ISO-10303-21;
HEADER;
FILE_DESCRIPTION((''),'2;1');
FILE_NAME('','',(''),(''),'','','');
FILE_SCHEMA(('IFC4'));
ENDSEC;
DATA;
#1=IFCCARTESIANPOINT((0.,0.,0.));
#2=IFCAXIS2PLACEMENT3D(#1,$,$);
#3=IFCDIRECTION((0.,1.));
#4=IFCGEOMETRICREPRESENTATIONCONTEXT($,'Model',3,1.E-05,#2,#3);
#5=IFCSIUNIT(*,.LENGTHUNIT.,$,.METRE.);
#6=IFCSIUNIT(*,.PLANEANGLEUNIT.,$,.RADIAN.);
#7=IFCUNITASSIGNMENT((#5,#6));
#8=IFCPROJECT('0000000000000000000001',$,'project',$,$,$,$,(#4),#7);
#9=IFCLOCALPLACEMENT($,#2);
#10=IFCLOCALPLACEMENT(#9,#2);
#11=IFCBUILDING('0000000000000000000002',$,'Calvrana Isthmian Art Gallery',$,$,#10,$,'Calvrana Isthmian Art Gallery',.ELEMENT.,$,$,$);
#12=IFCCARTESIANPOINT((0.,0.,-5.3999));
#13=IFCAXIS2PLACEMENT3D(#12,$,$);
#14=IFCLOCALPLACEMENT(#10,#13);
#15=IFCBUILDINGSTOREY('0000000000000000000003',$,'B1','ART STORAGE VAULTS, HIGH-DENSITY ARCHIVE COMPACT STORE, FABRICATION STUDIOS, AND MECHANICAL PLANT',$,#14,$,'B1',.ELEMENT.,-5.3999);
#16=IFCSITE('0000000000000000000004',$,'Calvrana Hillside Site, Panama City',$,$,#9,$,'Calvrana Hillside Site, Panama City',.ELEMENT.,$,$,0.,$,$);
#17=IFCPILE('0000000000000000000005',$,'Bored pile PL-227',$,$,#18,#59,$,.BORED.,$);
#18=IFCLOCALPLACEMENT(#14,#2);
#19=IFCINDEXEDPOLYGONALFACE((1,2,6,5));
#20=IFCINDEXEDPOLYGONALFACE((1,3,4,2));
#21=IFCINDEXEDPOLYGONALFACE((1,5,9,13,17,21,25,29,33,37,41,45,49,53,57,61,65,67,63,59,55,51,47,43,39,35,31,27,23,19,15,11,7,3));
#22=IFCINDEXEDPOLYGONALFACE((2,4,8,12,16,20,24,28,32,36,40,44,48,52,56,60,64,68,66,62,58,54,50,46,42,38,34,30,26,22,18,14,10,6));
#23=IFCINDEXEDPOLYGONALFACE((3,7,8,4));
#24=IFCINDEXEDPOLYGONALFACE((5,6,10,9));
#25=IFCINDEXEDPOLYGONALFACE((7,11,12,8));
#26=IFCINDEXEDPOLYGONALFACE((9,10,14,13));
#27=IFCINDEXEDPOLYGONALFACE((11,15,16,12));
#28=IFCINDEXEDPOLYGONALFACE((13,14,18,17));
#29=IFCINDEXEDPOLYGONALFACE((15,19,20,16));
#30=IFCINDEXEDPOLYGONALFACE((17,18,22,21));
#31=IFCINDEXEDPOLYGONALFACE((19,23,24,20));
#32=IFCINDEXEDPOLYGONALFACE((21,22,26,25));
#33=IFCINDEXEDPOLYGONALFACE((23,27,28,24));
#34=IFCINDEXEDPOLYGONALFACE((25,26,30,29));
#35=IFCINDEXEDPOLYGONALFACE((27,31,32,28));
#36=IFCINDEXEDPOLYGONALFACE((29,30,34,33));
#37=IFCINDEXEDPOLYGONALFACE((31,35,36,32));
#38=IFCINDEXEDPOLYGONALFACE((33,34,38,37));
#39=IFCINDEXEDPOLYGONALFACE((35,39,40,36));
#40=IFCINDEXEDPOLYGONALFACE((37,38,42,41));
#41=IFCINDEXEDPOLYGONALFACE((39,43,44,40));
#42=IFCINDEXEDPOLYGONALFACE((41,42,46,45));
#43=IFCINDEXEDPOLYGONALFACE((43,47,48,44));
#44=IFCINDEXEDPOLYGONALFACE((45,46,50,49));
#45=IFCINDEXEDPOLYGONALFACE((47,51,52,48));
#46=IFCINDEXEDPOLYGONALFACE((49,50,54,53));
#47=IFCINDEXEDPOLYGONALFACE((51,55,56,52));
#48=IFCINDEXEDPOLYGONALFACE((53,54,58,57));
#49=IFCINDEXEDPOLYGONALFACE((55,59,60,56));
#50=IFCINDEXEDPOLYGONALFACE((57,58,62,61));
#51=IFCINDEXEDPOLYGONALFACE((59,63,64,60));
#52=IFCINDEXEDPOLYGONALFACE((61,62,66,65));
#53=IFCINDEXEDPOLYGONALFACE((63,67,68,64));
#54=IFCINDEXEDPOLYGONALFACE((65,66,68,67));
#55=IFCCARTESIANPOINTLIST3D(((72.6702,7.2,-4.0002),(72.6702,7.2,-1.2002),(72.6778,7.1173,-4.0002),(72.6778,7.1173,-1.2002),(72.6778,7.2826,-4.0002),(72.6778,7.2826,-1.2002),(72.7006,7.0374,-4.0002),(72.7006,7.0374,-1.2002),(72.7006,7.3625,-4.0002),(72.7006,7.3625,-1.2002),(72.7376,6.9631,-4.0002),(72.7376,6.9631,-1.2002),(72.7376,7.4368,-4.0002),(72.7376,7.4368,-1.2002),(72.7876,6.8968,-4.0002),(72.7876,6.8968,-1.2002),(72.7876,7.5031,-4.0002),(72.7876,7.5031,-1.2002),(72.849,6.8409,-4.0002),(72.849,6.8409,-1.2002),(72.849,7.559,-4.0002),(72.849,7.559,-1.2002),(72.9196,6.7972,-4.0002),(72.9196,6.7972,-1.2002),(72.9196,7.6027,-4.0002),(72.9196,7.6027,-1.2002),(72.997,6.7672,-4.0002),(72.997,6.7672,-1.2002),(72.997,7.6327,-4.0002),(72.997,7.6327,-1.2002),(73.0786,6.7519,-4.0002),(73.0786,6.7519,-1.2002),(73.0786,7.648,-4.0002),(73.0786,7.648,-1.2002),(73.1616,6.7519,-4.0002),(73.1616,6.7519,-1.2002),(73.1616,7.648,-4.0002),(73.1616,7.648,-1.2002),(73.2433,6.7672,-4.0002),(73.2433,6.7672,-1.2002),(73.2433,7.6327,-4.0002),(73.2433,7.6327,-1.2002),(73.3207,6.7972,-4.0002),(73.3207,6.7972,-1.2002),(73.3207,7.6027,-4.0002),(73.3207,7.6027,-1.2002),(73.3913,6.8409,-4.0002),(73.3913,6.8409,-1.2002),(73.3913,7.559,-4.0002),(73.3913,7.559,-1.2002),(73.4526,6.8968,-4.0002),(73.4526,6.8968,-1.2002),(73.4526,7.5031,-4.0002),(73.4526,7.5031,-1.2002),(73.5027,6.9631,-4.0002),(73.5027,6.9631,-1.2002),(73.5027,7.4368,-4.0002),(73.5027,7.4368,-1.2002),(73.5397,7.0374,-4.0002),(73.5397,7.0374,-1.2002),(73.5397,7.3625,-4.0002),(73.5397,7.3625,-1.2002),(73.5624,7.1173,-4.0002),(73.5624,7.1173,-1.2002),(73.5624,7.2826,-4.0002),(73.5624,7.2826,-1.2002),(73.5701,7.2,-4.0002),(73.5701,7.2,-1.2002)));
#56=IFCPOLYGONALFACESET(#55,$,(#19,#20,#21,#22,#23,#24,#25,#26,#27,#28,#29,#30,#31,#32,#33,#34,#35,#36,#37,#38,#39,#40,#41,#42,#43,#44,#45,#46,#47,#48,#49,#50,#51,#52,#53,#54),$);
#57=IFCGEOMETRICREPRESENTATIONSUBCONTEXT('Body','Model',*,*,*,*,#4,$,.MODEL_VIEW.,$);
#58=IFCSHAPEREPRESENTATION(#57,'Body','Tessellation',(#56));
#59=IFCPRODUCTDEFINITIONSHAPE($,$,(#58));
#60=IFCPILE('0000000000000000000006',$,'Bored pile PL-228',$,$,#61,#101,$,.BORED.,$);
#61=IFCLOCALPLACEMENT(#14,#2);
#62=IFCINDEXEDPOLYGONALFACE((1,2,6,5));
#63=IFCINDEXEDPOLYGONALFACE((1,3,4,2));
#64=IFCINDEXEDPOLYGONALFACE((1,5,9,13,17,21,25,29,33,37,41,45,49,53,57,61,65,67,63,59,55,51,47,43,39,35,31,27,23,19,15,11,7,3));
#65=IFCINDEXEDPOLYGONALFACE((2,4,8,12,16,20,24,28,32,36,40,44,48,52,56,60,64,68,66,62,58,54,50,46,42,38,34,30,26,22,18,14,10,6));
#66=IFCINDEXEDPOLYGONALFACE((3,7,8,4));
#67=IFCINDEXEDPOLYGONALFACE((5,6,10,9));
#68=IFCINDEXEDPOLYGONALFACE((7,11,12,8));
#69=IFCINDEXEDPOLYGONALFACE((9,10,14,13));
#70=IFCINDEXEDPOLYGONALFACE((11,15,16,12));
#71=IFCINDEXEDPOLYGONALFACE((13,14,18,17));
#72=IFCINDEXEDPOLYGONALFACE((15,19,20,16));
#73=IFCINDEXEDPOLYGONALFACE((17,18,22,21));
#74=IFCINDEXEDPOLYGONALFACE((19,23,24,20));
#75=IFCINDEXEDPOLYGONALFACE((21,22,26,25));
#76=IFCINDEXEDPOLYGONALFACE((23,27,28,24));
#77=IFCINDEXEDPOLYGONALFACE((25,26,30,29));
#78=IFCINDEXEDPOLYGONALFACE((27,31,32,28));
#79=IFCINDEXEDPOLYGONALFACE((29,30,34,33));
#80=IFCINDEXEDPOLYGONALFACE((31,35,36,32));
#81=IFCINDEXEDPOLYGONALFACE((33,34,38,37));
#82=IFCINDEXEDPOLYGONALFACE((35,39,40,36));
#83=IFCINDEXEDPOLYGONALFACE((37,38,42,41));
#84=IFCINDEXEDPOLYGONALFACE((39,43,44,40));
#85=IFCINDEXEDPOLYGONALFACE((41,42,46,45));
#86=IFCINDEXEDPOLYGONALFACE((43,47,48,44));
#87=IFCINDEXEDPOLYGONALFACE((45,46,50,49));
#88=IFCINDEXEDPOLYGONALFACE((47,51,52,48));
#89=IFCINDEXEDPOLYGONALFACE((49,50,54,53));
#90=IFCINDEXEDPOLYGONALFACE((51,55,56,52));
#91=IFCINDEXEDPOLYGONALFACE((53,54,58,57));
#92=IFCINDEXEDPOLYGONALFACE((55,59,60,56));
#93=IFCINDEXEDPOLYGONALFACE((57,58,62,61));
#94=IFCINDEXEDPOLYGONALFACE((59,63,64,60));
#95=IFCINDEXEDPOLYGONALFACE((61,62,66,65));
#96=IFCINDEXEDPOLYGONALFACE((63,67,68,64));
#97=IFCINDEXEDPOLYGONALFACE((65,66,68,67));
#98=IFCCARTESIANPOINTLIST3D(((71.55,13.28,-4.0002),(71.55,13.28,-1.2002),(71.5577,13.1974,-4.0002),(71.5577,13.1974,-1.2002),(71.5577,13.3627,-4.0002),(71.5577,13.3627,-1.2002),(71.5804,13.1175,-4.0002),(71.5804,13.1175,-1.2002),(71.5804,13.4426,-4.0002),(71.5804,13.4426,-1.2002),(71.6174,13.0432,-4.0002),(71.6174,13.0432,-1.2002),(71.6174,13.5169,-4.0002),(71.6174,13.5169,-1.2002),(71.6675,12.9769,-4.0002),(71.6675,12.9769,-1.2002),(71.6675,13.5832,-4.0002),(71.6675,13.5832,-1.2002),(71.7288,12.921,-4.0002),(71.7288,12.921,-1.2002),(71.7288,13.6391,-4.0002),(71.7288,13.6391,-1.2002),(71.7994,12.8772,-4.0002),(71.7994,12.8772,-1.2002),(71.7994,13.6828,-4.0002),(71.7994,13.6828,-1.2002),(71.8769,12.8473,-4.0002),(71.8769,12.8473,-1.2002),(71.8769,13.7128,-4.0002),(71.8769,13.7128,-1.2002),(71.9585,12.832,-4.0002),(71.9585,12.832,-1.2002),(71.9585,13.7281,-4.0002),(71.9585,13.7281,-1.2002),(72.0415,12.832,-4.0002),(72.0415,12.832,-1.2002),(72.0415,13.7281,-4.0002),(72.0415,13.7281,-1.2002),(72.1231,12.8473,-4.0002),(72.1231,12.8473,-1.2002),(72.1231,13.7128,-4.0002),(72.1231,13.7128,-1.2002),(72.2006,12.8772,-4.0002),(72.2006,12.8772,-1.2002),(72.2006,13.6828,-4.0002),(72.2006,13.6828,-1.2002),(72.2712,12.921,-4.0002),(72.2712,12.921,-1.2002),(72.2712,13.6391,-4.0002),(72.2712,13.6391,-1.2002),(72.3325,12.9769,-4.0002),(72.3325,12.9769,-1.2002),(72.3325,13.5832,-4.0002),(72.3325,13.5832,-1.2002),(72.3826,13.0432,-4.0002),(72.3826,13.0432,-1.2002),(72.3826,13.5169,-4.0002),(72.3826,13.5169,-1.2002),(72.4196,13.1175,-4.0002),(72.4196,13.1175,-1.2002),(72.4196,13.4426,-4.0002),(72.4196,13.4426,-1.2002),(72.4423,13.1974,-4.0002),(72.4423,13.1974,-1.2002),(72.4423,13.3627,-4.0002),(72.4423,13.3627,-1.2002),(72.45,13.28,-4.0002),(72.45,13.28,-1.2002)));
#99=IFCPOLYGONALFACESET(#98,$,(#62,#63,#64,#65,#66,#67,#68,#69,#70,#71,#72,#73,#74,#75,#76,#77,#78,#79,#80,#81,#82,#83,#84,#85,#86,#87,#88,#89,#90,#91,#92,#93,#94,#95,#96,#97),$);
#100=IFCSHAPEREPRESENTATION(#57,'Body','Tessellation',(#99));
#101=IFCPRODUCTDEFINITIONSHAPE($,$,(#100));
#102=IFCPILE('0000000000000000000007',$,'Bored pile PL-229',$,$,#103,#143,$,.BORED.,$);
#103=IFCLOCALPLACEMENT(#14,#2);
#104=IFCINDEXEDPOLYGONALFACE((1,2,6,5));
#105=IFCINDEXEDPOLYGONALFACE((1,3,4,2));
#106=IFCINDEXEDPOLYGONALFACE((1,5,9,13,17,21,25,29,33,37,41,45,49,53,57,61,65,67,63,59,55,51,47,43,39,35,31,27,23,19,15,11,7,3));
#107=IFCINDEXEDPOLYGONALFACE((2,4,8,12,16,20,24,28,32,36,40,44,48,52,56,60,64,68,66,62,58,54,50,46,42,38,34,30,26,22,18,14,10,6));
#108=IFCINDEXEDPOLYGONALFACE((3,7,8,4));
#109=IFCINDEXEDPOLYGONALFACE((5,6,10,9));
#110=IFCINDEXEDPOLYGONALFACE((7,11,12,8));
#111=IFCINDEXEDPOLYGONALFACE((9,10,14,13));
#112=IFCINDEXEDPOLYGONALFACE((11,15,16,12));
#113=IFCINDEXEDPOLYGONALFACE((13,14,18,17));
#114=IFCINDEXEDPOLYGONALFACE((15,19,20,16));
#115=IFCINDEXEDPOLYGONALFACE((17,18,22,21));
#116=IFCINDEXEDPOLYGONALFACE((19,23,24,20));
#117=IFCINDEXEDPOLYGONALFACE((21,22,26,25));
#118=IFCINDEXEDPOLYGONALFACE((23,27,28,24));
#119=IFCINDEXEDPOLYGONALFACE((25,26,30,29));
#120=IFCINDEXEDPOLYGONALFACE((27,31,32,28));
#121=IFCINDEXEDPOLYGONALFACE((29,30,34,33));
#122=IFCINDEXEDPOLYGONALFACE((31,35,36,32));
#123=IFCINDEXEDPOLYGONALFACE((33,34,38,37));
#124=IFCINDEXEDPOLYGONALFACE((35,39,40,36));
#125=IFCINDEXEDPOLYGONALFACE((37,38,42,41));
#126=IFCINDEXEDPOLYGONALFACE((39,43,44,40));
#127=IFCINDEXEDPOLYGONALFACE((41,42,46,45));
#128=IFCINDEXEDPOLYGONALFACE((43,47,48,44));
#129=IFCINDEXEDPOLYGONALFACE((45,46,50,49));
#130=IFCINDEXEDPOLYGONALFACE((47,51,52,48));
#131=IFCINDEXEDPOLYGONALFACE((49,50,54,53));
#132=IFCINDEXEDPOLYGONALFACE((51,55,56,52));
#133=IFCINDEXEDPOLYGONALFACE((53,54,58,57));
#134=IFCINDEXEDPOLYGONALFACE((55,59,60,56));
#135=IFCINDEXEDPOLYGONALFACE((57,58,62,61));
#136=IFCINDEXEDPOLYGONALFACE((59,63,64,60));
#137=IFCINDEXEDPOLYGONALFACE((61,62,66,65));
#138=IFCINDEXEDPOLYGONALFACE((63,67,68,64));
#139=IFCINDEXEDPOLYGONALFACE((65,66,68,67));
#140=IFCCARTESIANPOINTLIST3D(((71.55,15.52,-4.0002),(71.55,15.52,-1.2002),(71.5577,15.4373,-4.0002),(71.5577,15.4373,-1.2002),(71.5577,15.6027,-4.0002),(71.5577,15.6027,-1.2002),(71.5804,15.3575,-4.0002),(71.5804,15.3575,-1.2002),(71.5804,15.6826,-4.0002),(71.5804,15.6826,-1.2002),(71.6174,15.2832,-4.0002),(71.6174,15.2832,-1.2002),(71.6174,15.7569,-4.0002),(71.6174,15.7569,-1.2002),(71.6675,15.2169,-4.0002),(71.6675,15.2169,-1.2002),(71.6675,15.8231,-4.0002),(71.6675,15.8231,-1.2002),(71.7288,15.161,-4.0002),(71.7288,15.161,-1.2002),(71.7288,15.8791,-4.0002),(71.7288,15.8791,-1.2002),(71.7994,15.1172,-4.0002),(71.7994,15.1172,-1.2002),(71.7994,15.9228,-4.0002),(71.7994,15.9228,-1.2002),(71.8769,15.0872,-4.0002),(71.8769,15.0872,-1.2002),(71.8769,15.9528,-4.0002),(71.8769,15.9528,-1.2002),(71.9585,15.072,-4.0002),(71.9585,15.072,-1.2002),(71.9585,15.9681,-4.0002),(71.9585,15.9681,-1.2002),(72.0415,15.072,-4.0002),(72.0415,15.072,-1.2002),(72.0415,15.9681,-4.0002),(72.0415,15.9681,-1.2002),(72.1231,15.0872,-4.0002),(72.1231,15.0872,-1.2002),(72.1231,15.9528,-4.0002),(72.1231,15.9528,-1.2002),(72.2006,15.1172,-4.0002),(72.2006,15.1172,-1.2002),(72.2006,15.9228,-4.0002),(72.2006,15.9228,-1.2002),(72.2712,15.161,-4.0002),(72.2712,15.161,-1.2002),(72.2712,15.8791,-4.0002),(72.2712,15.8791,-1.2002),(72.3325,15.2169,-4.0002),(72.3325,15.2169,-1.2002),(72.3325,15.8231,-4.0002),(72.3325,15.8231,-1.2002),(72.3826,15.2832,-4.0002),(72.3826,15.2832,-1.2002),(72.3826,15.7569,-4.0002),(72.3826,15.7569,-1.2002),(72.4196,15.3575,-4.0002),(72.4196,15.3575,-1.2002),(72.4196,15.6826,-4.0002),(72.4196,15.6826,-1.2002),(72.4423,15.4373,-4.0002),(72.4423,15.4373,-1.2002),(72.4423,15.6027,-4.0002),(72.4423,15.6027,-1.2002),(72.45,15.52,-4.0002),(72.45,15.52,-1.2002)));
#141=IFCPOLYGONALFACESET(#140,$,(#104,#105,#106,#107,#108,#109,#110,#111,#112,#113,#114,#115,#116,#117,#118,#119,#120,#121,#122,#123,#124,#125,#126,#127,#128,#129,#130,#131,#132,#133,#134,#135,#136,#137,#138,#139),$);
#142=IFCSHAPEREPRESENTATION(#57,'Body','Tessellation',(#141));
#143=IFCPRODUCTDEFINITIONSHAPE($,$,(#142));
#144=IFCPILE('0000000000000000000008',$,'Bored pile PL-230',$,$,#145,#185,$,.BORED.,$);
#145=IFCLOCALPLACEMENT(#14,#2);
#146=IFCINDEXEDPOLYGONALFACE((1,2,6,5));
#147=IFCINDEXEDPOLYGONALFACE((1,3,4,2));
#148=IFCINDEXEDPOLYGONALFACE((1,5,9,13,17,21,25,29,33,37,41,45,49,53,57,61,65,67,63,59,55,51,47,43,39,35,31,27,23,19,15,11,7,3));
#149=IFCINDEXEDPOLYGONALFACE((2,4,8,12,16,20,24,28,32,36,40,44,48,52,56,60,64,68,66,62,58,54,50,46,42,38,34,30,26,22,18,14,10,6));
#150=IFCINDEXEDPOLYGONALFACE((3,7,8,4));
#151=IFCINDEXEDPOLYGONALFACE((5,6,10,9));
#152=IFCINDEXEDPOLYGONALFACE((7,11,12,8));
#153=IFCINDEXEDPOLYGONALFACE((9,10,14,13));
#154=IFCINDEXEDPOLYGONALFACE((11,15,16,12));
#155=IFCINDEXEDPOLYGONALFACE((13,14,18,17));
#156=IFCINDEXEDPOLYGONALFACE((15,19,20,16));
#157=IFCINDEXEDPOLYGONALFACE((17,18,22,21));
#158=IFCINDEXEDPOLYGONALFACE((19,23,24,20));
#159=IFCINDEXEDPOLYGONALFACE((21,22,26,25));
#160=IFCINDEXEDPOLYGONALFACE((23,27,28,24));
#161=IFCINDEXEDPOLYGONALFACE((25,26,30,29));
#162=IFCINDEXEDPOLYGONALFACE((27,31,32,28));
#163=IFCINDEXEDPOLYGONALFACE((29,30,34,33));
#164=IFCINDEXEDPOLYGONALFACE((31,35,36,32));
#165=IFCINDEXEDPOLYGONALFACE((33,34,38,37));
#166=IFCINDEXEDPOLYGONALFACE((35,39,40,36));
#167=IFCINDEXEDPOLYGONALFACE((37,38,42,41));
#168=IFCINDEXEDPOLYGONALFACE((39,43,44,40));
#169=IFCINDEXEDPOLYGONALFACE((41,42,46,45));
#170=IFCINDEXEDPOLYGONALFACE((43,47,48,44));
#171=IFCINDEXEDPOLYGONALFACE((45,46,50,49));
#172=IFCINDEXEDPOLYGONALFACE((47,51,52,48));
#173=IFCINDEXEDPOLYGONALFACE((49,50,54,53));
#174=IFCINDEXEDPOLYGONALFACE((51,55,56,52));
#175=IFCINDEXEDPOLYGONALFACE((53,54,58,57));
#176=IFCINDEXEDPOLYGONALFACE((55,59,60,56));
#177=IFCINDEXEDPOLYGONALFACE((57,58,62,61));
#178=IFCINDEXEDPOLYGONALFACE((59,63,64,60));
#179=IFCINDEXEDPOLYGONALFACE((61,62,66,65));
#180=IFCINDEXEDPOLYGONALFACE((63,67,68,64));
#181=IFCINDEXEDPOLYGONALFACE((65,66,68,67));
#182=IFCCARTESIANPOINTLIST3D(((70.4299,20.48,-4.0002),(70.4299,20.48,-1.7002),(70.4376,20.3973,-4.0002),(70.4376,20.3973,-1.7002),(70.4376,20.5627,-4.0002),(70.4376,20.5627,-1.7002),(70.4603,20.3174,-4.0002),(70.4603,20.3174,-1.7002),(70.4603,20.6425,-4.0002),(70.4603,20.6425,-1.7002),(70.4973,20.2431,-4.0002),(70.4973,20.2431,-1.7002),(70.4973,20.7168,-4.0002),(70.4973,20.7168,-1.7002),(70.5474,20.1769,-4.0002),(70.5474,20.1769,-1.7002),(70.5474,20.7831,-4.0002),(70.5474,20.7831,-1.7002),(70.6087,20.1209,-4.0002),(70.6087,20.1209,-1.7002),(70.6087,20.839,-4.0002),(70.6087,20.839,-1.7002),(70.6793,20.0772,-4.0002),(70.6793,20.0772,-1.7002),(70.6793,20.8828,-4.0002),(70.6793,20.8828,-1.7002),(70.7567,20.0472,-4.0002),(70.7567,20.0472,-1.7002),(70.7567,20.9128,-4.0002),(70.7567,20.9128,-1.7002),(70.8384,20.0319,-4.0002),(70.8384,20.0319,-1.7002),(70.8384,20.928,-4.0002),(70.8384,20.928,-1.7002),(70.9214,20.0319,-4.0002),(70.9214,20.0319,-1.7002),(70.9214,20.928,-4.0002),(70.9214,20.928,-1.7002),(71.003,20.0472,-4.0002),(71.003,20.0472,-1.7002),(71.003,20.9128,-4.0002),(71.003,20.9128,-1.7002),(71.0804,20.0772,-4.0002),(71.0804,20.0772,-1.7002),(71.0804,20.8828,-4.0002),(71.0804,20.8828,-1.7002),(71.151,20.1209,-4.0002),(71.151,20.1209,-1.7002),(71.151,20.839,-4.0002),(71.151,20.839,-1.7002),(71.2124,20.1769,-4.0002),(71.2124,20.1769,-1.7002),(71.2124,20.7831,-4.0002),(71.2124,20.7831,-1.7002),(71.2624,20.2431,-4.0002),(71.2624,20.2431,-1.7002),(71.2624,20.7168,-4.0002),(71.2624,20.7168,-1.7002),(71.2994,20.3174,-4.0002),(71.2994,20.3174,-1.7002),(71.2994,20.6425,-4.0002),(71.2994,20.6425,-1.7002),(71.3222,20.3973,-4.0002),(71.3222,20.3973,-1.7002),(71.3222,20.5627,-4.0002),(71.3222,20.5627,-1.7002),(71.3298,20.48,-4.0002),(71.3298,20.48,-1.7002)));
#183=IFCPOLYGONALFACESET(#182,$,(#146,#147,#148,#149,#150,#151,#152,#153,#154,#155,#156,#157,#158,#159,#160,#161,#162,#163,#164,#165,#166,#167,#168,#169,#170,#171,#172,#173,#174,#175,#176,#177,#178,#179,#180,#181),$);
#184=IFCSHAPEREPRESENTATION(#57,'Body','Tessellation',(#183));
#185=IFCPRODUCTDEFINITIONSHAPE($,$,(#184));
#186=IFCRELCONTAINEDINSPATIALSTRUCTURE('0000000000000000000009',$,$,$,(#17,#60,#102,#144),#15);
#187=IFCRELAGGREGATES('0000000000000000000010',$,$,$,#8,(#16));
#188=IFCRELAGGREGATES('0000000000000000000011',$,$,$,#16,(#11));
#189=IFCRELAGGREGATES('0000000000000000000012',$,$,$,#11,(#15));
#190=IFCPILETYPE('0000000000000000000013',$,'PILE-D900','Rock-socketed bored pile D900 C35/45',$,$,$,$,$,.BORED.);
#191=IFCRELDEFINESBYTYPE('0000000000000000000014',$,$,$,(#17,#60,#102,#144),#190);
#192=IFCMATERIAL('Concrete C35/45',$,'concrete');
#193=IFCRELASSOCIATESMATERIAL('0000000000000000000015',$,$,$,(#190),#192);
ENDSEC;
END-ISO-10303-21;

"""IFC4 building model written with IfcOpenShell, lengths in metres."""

from ifc_helpers import new_model, si_unit, direction, frame, origin, origin_2d, place, context, subcontext, project, spatial, circle, extrude, material, material_profile, profile_set, type_object, element, save


model = new_model("IFC4")

# Units and contexts
model_context = context("Model", 3, precision=1e-05, world=origin(), true_north=direction((0.0, 1.0)))
body_context = subcontext(model_context, "Body", "Model", "MODEL_VIEW")
ifc_project = project(units=[si_unit("LENGTHUNIT", "METRE"), si_unit("PLANEANGLEUNIT", "RADIAN")], contexts=[model_context])

# Site, building, storey
site_placement = place(None, origin())
site = spatial("IfcSite", under=ifc_project, at=site_placement, Name="Calvrana Hillside Site, Panama City", LongName="Calvrana Hillside Site, Panama City", CompositionType="ELEMENT", RefElevation=0.0)
building_placement = place(site_placement, origin())
building = spatial("IfcBuilding", under=site, at=building_placement, Name="Calvrana Isthmian Art Gallery", LongName="Calvrana Isthmian Art Gallery", CompositionType="ELEMENT")
storey_placement = place(building_placement, frame((0.0, 0.0, -5.3999)))
storey = spatial("IfcBuildingStorey", under=building, at=storey_placement, Name="B1", Description="ART STORAGE VAULTS, HIGH-DENSITY ARCHIVE COMPACT STORE, FABRICATION STUDIOS, AND MECHANICAL PLANT", LongName="B1", CompositionType="ELEMENT", Elevation=-5.3999)

# Shared definitions
ifc_material_1 = material(Name="Concrete C35/45", Category="concrete")

# Piles
ifc_material_profile_1 = material_profile(ifc_material_1, circle(Radius=0.45, at=origin_2d()), Name="PILE900D")
ifc_profile_set_1 = profile_set([ifc_material_profile_1], Name="Concrete C35/45")
pile_type_1 = type_object("IfcPileType", Name="PILE-D900", Description="Rock-socketed bored pile D900 C35/45", PredefinedType="BORED", material=ifc_profile_set_1)
for number, where, z_axis, x_axis, name in (
    (1, (73.1201, 7.2, -1.2002), (0.0, 0.0, -1.0), (1.0, 0.0, 0.0), "Bored pile PL-227"),
    (2, (72.0, 13.28, -1.2002), (0.0, 0.0, -1.0), (1.0, 0.0, 0.0), "Bored pile PL-228"),
    (3, (72.0, 15.52, -1.2002), (0.0, 0.0, -1.0), (1.0, 0.0, 0.0), "Bored pile PL-229"),
):
    element("IfcPile", number, at=place(storey_placement, frame(where, z_axis=z_axis, x_axis=x_axis)), inside=storey, type_object=pile_type_1, Name=name, PredefinedType="BORED", context=body_context, shape_type="SweptSolid", body=[
        extrude(circle(Radius=0.45, at=origin_2d()), origin(), (0.0, 0.0, 1.0), 2.8),
    ])
pile_1_placement = place(storey_placement, frame((70.8799, 20.48, -1.7002), z_axis=(0.0, 0.0, -1.0), x_axis=(1.0, 0.0, 0.0)))
element("IfcPile", 4, at=pile_1_placement, inside=storey, type_object=pile_type_1, Name="Bored pile PL-230", PredefinedType="BORED", context=body_context, shape_type="SweptSolid", body=[
    extrude(circle(Radius=0.45, at=origin_2d()), origin(), (0.0, 0.0, 1.0), 2.3),
])

save(model, "model.ifc")
